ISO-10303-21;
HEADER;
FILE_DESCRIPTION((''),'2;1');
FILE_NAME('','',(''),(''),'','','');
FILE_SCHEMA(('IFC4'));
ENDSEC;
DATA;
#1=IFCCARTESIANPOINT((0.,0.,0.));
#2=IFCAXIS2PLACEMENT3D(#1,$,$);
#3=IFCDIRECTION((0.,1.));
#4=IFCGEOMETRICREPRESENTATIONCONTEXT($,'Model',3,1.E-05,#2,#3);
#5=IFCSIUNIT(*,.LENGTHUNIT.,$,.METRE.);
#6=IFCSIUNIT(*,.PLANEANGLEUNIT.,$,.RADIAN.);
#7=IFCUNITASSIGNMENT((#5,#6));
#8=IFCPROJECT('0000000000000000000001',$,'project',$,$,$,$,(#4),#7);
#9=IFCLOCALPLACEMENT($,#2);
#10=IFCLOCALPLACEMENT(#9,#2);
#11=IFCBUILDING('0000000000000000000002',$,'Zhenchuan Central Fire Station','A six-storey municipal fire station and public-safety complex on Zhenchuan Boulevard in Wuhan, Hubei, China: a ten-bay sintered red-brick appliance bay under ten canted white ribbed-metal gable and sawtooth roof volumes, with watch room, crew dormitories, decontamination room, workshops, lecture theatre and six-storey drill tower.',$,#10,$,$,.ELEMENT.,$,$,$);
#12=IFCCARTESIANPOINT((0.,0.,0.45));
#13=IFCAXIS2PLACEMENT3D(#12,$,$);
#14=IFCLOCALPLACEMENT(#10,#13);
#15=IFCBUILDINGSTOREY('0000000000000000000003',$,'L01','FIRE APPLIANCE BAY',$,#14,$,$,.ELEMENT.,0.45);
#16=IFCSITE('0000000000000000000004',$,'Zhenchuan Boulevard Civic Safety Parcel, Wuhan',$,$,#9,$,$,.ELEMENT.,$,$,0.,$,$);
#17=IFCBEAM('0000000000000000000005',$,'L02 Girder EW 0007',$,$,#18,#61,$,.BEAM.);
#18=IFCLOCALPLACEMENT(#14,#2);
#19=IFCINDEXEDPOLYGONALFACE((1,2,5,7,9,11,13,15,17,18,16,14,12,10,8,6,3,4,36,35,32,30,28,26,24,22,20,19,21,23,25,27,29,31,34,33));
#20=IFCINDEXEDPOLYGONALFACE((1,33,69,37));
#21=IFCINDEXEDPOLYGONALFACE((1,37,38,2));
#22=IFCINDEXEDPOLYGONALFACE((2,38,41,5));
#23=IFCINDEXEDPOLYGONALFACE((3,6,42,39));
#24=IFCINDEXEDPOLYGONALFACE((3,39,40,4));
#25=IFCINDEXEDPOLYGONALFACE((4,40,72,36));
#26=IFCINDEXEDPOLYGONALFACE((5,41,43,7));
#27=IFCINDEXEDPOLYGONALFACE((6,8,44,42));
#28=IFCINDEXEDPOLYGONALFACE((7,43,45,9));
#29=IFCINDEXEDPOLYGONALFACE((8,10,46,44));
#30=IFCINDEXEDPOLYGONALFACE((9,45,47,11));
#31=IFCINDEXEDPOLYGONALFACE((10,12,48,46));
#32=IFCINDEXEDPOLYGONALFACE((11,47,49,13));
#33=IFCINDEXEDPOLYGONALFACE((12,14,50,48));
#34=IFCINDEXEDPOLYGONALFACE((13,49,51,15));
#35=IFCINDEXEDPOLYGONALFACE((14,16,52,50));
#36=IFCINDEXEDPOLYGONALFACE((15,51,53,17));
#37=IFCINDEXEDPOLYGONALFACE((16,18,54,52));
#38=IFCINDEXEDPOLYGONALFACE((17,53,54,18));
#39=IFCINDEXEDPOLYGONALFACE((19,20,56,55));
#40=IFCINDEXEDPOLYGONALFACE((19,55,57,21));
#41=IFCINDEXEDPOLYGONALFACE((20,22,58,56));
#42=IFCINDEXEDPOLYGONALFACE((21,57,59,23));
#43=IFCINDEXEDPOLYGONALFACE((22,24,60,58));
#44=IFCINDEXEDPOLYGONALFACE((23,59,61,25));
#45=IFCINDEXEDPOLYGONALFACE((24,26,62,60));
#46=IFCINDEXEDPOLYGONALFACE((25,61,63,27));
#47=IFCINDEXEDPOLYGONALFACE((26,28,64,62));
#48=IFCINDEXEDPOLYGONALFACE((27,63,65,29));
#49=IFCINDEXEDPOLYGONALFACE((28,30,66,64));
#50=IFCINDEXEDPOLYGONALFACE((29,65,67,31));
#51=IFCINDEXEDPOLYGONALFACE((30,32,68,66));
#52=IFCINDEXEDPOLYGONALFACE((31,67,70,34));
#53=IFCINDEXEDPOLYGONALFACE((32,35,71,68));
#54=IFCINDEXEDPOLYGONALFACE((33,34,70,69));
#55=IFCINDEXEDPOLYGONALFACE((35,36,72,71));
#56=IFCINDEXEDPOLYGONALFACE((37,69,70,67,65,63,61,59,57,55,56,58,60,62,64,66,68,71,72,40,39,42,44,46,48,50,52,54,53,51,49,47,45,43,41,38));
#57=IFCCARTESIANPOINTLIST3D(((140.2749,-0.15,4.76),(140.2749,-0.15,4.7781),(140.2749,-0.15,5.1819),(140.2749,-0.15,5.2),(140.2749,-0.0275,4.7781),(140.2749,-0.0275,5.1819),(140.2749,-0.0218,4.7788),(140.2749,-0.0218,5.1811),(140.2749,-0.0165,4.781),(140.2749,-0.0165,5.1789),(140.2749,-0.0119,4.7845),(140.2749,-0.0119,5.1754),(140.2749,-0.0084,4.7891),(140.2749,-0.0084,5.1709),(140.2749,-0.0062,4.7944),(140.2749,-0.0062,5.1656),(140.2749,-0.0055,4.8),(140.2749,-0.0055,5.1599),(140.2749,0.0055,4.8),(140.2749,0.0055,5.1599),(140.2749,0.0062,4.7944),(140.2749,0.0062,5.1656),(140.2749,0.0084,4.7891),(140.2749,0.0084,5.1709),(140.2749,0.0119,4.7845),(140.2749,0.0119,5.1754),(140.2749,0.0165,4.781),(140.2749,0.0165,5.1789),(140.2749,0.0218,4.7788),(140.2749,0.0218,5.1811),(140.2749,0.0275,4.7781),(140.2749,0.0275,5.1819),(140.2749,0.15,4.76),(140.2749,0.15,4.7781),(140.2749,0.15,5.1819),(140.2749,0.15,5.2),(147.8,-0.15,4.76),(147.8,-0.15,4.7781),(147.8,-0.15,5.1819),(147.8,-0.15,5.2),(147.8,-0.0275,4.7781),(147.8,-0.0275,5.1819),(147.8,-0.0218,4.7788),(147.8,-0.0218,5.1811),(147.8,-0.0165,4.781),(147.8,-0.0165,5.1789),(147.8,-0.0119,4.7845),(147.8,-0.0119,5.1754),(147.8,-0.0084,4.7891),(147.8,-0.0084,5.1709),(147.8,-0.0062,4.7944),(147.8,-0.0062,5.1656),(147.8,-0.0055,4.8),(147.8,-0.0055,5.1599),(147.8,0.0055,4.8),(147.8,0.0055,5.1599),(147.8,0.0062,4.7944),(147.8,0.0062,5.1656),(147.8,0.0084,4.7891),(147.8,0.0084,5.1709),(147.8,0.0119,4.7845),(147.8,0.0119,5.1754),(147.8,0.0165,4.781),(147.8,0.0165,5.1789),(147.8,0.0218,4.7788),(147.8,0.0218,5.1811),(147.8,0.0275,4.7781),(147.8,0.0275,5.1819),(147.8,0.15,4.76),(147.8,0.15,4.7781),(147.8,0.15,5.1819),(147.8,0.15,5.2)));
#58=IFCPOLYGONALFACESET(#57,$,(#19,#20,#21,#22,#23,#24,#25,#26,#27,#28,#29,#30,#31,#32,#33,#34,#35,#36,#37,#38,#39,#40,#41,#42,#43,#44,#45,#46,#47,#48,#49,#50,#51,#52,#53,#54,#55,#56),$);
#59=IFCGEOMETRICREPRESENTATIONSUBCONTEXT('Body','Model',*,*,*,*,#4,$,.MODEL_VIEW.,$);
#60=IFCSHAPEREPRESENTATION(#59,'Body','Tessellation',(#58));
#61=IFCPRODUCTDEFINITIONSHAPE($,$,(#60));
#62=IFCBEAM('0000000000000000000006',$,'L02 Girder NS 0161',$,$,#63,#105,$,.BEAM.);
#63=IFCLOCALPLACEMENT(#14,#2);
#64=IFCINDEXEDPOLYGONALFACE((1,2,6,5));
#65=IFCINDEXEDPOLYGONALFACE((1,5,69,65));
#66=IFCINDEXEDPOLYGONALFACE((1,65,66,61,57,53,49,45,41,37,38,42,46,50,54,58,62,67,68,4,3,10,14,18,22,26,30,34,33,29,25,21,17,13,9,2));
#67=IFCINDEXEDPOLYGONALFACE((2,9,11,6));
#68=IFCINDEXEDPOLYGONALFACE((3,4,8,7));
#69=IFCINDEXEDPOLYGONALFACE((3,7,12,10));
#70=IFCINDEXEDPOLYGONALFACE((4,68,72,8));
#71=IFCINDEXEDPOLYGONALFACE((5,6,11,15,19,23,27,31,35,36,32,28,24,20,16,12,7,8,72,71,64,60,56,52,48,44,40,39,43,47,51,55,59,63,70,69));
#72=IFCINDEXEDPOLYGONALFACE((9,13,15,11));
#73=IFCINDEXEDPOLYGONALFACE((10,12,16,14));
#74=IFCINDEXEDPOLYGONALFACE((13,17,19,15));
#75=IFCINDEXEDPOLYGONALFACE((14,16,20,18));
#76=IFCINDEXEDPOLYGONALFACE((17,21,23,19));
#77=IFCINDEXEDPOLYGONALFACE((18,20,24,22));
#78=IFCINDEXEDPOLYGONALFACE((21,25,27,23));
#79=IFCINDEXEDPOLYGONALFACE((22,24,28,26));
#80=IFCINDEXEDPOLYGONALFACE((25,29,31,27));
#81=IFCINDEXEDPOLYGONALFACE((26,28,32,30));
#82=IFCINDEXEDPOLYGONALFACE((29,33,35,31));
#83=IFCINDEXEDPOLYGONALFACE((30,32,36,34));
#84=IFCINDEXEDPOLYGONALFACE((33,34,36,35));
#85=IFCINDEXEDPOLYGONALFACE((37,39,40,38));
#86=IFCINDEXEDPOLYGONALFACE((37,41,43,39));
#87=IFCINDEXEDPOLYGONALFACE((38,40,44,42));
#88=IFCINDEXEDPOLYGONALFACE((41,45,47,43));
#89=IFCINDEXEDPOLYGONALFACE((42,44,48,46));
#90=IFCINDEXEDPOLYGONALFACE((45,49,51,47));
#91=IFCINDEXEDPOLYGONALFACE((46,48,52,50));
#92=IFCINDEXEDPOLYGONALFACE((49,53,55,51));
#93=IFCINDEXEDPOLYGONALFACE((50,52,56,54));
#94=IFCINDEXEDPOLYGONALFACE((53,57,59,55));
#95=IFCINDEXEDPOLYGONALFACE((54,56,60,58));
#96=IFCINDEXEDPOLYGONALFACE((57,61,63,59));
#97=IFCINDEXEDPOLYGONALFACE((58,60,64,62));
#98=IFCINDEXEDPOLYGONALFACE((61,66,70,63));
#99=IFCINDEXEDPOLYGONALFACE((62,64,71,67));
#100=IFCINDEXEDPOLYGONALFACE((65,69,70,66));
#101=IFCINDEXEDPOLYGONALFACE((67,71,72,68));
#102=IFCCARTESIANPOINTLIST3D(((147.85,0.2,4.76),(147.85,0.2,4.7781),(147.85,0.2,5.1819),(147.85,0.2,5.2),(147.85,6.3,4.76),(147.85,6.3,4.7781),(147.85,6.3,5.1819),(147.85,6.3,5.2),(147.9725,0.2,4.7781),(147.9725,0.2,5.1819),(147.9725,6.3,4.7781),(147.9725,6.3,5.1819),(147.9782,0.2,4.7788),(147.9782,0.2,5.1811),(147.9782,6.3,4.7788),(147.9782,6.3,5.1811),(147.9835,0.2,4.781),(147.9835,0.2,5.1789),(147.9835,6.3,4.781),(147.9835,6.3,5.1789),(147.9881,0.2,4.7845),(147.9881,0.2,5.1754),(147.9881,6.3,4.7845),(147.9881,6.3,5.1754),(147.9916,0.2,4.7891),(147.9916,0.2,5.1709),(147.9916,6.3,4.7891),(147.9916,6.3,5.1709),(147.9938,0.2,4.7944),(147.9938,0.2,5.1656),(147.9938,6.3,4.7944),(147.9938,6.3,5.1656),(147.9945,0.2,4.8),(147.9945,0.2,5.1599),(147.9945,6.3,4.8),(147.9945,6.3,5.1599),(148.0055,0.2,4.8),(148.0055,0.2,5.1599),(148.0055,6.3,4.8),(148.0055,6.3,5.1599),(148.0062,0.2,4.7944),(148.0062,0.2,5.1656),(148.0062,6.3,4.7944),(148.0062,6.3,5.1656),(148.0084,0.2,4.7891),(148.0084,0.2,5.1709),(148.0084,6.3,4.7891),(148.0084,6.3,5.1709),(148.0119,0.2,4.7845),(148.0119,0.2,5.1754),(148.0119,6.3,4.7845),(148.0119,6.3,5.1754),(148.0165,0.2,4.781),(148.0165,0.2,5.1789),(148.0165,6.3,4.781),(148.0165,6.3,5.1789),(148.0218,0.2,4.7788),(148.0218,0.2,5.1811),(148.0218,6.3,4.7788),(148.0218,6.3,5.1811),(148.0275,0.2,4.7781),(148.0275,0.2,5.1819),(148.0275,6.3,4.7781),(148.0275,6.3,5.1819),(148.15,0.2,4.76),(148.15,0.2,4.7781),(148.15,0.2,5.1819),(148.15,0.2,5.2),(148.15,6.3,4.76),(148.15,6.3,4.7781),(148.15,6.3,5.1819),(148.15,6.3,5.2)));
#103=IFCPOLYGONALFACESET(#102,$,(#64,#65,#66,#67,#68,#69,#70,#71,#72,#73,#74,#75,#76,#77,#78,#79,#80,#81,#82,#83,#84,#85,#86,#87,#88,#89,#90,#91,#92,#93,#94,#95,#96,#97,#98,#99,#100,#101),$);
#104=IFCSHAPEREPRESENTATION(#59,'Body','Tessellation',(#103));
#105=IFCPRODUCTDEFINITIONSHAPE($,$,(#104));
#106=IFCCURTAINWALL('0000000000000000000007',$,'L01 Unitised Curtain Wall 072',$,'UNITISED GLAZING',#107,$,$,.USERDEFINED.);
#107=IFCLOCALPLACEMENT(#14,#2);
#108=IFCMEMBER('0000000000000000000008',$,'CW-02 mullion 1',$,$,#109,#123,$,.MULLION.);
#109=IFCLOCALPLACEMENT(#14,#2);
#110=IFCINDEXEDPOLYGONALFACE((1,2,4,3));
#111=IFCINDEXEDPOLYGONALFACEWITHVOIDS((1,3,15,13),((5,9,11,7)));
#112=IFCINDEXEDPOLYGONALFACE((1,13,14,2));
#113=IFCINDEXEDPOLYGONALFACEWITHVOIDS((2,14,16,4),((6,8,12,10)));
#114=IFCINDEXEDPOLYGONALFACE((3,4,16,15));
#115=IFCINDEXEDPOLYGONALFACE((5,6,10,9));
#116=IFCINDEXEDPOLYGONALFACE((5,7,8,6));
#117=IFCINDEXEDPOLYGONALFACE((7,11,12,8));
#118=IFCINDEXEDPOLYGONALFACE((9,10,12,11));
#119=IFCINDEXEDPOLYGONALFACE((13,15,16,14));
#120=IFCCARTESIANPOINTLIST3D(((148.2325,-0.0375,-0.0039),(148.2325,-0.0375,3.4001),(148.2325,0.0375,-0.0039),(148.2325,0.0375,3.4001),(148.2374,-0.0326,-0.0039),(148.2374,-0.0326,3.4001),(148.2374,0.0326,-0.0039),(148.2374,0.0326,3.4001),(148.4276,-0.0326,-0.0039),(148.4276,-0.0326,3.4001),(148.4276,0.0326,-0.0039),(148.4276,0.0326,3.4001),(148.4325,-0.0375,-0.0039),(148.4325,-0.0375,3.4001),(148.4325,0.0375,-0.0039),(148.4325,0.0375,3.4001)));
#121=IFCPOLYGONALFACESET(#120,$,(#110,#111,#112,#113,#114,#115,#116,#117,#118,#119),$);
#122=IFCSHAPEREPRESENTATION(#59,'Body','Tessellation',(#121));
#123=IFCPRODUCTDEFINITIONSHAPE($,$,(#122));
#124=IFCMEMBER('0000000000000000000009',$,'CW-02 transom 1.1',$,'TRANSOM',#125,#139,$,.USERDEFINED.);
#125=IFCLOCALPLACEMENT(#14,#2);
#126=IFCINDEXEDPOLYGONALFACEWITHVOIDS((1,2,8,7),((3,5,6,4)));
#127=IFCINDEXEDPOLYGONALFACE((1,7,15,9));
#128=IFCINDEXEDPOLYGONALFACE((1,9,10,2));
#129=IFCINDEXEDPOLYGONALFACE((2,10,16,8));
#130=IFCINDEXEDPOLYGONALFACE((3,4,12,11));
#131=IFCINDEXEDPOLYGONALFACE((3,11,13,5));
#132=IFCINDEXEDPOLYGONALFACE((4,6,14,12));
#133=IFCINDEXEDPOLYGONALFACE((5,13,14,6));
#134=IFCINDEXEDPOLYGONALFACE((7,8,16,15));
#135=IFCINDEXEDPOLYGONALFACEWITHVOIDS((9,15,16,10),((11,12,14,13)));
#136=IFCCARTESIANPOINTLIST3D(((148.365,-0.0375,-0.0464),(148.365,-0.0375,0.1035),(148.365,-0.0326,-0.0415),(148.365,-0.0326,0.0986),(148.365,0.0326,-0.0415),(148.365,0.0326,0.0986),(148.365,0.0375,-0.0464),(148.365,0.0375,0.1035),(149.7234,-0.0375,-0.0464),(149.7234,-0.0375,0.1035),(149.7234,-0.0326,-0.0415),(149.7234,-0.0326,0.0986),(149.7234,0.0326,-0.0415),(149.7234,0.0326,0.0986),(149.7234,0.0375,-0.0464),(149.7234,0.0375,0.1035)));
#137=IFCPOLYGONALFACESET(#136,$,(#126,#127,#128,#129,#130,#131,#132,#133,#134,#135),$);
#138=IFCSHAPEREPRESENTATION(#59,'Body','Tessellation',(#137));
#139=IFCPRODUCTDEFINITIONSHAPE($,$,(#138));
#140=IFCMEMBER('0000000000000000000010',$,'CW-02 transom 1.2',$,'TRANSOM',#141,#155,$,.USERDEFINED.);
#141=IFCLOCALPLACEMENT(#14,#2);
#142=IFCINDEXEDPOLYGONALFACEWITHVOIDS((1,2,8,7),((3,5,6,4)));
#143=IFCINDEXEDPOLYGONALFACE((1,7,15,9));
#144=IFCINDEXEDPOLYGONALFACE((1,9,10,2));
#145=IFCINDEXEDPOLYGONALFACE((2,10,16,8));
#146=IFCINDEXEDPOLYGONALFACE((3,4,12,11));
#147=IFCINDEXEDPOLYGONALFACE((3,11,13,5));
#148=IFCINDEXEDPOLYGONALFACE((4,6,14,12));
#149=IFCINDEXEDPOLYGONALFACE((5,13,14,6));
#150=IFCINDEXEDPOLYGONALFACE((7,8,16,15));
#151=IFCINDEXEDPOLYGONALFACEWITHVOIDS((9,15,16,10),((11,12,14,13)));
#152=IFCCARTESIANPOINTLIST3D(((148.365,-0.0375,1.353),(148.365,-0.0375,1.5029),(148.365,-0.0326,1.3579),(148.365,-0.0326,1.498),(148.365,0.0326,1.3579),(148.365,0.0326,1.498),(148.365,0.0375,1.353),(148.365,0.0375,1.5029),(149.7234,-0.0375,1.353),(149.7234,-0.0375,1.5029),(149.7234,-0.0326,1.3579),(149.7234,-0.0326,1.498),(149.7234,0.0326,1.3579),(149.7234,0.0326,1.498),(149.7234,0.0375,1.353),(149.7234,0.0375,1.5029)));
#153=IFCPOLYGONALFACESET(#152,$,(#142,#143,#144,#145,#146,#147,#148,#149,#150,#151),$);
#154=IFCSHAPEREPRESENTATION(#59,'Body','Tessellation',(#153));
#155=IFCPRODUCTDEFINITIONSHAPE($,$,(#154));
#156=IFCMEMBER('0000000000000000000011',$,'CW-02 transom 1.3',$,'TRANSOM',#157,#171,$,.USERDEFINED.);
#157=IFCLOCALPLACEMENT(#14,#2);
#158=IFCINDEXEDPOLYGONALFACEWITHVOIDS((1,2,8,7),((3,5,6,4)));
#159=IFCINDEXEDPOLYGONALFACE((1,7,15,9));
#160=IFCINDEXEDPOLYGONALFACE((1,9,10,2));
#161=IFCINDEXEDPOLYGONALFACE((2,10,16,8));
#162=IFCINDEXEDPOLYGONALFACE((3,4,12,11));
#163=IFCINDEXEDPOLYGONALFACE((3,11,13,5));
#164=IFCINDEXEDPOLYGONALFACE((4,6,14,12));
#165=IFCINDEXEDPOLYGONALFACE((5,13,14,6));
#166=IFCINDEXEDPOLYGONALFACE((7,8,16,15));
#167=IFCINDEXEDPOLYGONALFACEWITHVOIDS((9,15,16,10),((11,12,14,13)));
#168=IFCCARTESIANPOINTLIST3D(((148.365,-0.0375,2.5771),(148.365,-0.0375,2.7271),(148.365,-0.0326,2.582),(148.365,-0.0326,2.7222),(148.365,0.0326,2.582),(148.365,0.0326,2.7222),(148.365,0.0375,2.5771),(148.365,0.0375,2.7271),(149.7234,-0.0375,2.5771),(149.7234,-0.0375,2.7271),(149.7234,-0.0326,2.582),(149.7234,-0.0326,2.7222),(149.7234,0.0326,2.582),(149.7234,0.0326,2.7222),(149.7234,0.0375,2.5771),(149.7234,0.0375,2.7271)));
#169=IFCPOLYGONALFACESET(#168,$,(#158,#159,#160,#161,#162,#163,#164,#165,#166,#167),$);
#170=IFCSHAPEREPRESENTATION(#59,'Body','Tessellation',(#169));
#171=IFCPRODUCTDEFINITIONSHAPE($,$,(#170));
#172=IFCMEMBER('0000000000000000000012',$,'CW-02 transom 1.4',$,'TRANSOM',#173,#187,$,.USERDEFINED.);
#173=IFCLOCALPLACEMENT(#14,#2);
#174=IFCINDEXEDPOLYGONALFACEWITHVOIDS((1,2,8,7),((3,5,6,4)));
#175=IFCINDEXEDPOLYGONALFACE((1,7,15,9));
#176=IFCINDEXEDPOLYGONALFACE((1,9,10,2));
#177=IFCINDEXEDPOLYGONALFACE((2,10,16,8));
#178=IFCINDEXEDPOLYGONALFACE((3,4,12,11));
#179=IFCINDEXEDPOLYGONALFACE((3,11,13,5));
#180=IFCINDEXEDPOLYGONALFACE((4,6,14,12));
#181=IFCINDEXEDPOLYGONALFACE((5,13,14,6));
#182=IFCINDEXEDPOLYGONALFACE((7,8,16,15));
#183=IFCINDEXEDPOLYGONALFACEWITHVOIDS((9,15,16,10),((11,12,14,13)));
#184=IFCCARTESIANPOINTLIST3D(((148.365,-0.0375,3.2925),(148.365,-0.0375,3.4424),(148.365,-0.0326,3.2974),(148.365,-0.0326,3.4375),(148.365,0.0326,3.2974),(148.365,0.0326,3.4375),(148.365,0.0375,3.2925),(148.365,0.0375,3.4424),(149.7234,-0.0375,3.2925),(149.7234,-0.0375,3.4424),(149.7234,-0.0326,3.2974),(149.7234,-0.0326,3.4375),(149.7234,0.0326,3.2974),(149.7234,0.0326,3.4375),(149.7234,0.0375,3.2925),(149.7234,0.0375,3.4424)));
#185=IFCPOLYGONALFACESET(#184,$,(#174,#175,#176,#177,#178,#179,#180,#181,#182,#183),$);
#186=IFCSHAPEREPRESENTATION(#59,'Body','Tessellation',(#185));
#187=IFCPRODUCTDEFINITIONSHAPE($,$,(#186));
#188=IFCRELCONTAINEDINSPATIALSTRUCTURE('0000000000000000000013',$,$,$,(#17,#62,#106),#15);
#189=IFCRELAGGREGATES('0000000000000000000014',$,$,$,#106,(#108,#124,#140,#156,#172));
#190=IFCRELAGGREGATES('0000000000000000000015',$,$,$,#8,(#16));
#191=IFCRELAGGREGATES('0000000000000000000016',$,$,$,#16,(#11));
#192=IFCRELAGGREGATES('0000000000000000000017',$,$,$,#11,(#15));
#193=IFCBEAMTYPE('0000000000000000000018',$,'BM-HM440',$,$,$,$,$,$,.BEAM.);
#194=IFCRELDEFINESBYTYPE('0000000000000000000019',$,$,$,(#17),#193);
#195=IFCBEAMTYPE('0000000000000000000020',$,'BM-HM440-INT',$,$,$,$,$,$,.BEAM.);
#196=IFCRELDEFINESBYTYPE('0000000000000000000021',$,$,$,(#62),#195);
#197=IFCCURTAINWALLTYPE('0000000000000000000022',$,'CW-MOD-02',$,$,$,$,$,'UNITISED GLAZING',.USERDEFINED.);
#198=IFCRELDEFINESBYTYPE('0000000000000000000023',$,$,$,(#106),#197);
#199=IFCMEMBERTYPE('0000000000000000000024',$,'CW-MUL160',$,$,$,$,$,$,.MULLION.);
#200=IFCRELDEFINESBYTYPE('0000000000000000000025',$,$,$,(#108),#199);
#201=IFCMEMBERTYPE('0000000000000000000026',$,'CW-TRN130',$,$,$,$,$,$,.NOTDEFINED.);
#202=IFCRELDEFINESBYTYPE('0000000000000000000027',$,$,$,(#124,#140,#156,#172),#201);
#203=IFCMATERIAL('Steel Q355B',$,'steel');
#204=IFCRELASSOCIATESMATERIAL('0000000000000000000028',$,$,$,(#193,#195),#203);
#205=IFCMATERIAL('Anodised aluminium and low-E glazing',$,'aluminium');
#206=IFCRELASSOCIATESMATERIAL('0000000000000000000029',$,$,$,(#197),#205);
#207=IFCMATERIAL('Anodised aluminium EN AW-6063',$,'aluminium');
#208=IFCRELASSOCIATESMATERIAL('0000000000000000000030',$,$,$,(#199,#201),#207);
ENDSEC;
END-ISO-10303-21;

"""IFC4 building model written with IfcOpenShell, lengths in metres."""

from ifc_helpers import new_model, si_unit, direction, frame, origin, origin_2d, place, context, subcontext, project, spatial, hollow_rectangle, i_section, extrude, material, material_profile, profile_set, type_object, element, aggregate, save


model = new_model("IFC4")

# Units and contexts
model_context = context("Model", 3, precision=1e-05, world=origin(), true_north=direction((0.0, 1.0)))
body_context = subcontext(model_context, "Body", "Model", "MODEL_VIEW")
ifc_project = project(units=[si_unit("LENGTHUNIT", "METRE"), si_unit("PLANEANGLEUNIT", "RADIAN")], contexts=[model_context])

# Site, building, storey
site_placement = place(None, origin())
site = spatial("IfcSite", under=ifc_project, at=site_placement, Name="Zhenchuan Boulevard Civic Safety Parcel, Wuhan", CompositionType="ELEMENT", RefElevation=0.0)
building_placement = place(site_placement, origin())
building = spatial("IfcBuilding", under=site, at=building_placement, Name="Zhenchuan Central Fire Station", Description="A six-storey municipal fire station and public-safety complex on Zhenchuan Boulevard in Wuhan, Hubei, China: a ten-bay sintered red-brick appliance bay under ten canted white ribbed-metal gable and sawtooth roof volumes, with watch room, crew dormitories, decontamination room, workshops, lecture theatre and six-storey drill tower.", CompositionType="ELEMENT")
storey_placement = place(building_placement, frame((0.0, 0.0, 0.45)))
storey = spatial("IfcBuildingStorey", under=building, at=storey_placement, Name="L01", Description="FIRE APPLIANCE BAY", CompositionType="ELEMENT", Elevation=0.45)

# Shared definitions
ifc_material_1 = material(Name="Steel Q355B", Category="steel")

# Beams
ifc_material_profile_1 = material_profile(ifc_material_1, i_section(OverallWidth=0.3, OverallDepth=0.4399, WebThickness=0.011, FlangeThickness=0.0181, FilletRadius=0.022, at=origin_2d()), Name="HM 440x300")
ifc_profile_set_1 = profile_set([ifc_material_profile_1], Name="Steel Q355B")
beam_type_1 = type_object("IfcBeamType", Name="BM-HM440", PredefinedType="BEAM", material=ifc_profile_set_1)
beam_1_placement = place(storey_placement, frame((140.2749, 0.0, 4.98), z_axis=(1.0, 0.0, 0.0), x_axis=(0.0, 1.0, 0.0)))
element("IfcBeam", 1, at=beam_1_placement, inside=storey, type_object=beam_type_1, Name="L02 Girder EW 0007", PredefinedType="BEAM", context=body_context, shape_type="SweptSolid", body=[
    extrude(i_section(OverallWidth=0.3, OverallDepth=0.4399, WebThickness=0.011, FlangeThickness=0.0181, FilletRadius=0.022, at=origin_2d()), origin(), (0.0, 0.0, 1.0), 7.5251),
])
ifc_material_profile_2 = material_profile(ifc_material_1, i_section(OverallWidth=0.3, OverallDepth=0.4399, WebThickness=0.011, FlangeThickness=0.0181, FilletRadius=0.022, at=origin_2d()), Name="HM 440x300")
ifc_profile_set_2 = profile_set([ifc_material_profile_2], Name="Steel Q355B")
beam_type_2 = type_object("IfcBeamType", Name="BM-HM440-INT", PredefinedType="BEAM", material=ifc_profile_set_2)
beam_2_placement = place(storey_placement, frame((148.0, 0.2, 4.98), z_axis=(0.0, 1.0, 0.0), x_axis=(-1.0, 0.0, 0.0)))
element("IfcBeam", 2, at=beam_2_placement, inside=storey, type_object=beam_type_2, Name="L02 Girder NS 0161", PredefinedType="BEAM", context=body_context, shape_type="SweptSolid", body=[
    extrude(i_section(OverallWidth=0.3, OverallDepth=0.4399, WebThickness=0.011, FlangeThickness=0.0181, FilletRadius=0.022, at=origin_2d()), origin(), (0.0, 0.0, 1.0), 6.1001),
])

# Curtain wall, members
ifc_material_2 = material(Name="Anodised aluminium and low-E glazing", Category="aluminium")
curtain_wall_type = type_object("IfcCurtainWallType", Name="CW-MOD-02", ElementType="UNITISED GLAZING", PredefinedType="USERDEFINED", material=ifc_material_2)
curtain_wall_placement = place(storey_placement, origin())
curtain_wall = element("IfcCurtainWall", 3, at=curtain_wall_placement, inside=storey, type_object=curtain_wall_type, Name="L01 Unitised Curtain Wall 072", ObjectType="UNITISED GLAZING", PredefinedType="USERDEFINED")
ifc_material_3 = material(Name="Anodised aluminium EN AW-6063", Category="aluminium")
ifc_material_profile_3 = material_profile(ifc_material_3, hollow_rectangle(XDim=0.075, YDim=0.2, WallThickness=0.0049, at=origin_2d()), Name="ALU-M 200x75")
ifc_profile_set_3 = profile_set([ifc_material_profile_3], Name="Anodised aluminium EN AW-6063")
member_type_1 = type_object("IfcMemberType", Name="CW-MUL160", PredefinedType="MULLION", material=ifc_profile_set_3)
member_1_placement = place(storey_placement, frame((148.3325, 0.0, -0.0039), z_axis=(0.0, 0.0, 1.0), x_axis=(0.0, 1.0, 0.0)))
member_1 = element("IfcMember", 4, at=member_1_placement, type_object=member_type_1, Name="CW-02 mullion 1", PredefinedType="MULLION", context=body_context, shape_type="SweptSolid", body=[
    extrude(hollow_rectangle(XDim=0.075, YDim=0.2, WallThickness=0.0049, at=origin_2d()), origin(), (0.0, 0.0, 1.0), 3.4041),
])
ifc_material_profile_4 = material_profile(ifc_material_3, hollow_rectangle(XDim=0.075, YDim=0.1499, WallThickness=0.0049, at=origin_2d()), Name="ALU-T 150x75")
ifc_profile_set_4 = profile_set([ifc_material_profile_4], Name="Anodised aluminium EN AW-6063")
member_type_2 = type_object("IfcMemberType", Name="CW-TRN130", PredefinedType="NOTDEFINED", material=ifc_profile_set_4)
member_2_placement = place(storey_placement, frame((148.365, 0.0, 0.0286), z_axis=(1.0, 0.0, 0.0), x_axis=(0.0, 1.0, 0.0)))
member_2 = element("IfcMember", 5, at=member_2_placement, type_object=member_type_2, Name="CW-02 transom 1.1", ObjectType="TRANSOM", PredefinedType="USERDEFINED", context=body_context, shape_type="SweptSolid", body=[
    extrude(hollow_rectangle(XDim=0.075, YDim=0.1499, WallThickness=0.0049, at=origin_2d()), origin(), (0.0, 0.0, 1.0), 1.3584),
])
member_3_placement = place(storey_placement, frame((148.365, 0.0, 1.428), z_axis=(1.0, 0.0, 0.0), x_axis=(0.0, 1.0, 0.0)))
member_3 = element("IfcMember", 6, at=member_3_placement, type_object=member_type_2, Name="CW-02 transom 1.2", ObjectType="TRANSOM", PredefinedType="USERDEFINED", context=body_context, shape_type="SweptSolid", body=[
    extrude(hollow_rectangle(XDim=0.075, YDim=0.1499, WallThickness=0.0049, at=origin_2d()), origin(), (0.0, 0.0, 1.0), 1.3584),
])
member_4_placement = place(storey_placement, frame((148.365, 0.0, 2.6521), z_axis=(1.0, 0.0, 0.0), x_axis=(0.0, 1.0, 0.0)))
member_4 = element("IfcMember", 7, at=member_4_placement, type_object=member_type_2, Name="CW-02 transom 1.3", ObjectType="TRANSOM", PredefinedType="USERDEFINED", context=body_context, shape_type="SweptSolid", body=[
    extrude(hollow_rectangle(XDim=0.075, YDim=0.1499, WallThickness=0.0049, at=origin_2d()), origin(), (0.0, 0.0, 1.0), 1.3584),
])
member_5_placement = place(storey_placement, frame((148.365, 0.0, 3.3674), z_axis=(1.0, 0.0, 0.0), x_axis=(0.0, 1.0, 0.0)))
member_5 = element("IfcMember", 8, at=member_5_placement, type_object=member_type_2, Name="CW-02 transom 1.4", ObjectType="TRANSOM", PredefinedType="USERDEFINED", context=body_context, shape_type="SweptSolid", body=[
    extrude(hollow_rectangle(XDim=0.075, YDim=0.1499, WallThickness=0.0049, at=origin_2d()), origin(), (0.0, 0.0, 1.0), 1.3584),
])
aggregate(curtain_wall, [member_1, member_2, member_3, member_4, member_5])

save(model, "model.ifc")
